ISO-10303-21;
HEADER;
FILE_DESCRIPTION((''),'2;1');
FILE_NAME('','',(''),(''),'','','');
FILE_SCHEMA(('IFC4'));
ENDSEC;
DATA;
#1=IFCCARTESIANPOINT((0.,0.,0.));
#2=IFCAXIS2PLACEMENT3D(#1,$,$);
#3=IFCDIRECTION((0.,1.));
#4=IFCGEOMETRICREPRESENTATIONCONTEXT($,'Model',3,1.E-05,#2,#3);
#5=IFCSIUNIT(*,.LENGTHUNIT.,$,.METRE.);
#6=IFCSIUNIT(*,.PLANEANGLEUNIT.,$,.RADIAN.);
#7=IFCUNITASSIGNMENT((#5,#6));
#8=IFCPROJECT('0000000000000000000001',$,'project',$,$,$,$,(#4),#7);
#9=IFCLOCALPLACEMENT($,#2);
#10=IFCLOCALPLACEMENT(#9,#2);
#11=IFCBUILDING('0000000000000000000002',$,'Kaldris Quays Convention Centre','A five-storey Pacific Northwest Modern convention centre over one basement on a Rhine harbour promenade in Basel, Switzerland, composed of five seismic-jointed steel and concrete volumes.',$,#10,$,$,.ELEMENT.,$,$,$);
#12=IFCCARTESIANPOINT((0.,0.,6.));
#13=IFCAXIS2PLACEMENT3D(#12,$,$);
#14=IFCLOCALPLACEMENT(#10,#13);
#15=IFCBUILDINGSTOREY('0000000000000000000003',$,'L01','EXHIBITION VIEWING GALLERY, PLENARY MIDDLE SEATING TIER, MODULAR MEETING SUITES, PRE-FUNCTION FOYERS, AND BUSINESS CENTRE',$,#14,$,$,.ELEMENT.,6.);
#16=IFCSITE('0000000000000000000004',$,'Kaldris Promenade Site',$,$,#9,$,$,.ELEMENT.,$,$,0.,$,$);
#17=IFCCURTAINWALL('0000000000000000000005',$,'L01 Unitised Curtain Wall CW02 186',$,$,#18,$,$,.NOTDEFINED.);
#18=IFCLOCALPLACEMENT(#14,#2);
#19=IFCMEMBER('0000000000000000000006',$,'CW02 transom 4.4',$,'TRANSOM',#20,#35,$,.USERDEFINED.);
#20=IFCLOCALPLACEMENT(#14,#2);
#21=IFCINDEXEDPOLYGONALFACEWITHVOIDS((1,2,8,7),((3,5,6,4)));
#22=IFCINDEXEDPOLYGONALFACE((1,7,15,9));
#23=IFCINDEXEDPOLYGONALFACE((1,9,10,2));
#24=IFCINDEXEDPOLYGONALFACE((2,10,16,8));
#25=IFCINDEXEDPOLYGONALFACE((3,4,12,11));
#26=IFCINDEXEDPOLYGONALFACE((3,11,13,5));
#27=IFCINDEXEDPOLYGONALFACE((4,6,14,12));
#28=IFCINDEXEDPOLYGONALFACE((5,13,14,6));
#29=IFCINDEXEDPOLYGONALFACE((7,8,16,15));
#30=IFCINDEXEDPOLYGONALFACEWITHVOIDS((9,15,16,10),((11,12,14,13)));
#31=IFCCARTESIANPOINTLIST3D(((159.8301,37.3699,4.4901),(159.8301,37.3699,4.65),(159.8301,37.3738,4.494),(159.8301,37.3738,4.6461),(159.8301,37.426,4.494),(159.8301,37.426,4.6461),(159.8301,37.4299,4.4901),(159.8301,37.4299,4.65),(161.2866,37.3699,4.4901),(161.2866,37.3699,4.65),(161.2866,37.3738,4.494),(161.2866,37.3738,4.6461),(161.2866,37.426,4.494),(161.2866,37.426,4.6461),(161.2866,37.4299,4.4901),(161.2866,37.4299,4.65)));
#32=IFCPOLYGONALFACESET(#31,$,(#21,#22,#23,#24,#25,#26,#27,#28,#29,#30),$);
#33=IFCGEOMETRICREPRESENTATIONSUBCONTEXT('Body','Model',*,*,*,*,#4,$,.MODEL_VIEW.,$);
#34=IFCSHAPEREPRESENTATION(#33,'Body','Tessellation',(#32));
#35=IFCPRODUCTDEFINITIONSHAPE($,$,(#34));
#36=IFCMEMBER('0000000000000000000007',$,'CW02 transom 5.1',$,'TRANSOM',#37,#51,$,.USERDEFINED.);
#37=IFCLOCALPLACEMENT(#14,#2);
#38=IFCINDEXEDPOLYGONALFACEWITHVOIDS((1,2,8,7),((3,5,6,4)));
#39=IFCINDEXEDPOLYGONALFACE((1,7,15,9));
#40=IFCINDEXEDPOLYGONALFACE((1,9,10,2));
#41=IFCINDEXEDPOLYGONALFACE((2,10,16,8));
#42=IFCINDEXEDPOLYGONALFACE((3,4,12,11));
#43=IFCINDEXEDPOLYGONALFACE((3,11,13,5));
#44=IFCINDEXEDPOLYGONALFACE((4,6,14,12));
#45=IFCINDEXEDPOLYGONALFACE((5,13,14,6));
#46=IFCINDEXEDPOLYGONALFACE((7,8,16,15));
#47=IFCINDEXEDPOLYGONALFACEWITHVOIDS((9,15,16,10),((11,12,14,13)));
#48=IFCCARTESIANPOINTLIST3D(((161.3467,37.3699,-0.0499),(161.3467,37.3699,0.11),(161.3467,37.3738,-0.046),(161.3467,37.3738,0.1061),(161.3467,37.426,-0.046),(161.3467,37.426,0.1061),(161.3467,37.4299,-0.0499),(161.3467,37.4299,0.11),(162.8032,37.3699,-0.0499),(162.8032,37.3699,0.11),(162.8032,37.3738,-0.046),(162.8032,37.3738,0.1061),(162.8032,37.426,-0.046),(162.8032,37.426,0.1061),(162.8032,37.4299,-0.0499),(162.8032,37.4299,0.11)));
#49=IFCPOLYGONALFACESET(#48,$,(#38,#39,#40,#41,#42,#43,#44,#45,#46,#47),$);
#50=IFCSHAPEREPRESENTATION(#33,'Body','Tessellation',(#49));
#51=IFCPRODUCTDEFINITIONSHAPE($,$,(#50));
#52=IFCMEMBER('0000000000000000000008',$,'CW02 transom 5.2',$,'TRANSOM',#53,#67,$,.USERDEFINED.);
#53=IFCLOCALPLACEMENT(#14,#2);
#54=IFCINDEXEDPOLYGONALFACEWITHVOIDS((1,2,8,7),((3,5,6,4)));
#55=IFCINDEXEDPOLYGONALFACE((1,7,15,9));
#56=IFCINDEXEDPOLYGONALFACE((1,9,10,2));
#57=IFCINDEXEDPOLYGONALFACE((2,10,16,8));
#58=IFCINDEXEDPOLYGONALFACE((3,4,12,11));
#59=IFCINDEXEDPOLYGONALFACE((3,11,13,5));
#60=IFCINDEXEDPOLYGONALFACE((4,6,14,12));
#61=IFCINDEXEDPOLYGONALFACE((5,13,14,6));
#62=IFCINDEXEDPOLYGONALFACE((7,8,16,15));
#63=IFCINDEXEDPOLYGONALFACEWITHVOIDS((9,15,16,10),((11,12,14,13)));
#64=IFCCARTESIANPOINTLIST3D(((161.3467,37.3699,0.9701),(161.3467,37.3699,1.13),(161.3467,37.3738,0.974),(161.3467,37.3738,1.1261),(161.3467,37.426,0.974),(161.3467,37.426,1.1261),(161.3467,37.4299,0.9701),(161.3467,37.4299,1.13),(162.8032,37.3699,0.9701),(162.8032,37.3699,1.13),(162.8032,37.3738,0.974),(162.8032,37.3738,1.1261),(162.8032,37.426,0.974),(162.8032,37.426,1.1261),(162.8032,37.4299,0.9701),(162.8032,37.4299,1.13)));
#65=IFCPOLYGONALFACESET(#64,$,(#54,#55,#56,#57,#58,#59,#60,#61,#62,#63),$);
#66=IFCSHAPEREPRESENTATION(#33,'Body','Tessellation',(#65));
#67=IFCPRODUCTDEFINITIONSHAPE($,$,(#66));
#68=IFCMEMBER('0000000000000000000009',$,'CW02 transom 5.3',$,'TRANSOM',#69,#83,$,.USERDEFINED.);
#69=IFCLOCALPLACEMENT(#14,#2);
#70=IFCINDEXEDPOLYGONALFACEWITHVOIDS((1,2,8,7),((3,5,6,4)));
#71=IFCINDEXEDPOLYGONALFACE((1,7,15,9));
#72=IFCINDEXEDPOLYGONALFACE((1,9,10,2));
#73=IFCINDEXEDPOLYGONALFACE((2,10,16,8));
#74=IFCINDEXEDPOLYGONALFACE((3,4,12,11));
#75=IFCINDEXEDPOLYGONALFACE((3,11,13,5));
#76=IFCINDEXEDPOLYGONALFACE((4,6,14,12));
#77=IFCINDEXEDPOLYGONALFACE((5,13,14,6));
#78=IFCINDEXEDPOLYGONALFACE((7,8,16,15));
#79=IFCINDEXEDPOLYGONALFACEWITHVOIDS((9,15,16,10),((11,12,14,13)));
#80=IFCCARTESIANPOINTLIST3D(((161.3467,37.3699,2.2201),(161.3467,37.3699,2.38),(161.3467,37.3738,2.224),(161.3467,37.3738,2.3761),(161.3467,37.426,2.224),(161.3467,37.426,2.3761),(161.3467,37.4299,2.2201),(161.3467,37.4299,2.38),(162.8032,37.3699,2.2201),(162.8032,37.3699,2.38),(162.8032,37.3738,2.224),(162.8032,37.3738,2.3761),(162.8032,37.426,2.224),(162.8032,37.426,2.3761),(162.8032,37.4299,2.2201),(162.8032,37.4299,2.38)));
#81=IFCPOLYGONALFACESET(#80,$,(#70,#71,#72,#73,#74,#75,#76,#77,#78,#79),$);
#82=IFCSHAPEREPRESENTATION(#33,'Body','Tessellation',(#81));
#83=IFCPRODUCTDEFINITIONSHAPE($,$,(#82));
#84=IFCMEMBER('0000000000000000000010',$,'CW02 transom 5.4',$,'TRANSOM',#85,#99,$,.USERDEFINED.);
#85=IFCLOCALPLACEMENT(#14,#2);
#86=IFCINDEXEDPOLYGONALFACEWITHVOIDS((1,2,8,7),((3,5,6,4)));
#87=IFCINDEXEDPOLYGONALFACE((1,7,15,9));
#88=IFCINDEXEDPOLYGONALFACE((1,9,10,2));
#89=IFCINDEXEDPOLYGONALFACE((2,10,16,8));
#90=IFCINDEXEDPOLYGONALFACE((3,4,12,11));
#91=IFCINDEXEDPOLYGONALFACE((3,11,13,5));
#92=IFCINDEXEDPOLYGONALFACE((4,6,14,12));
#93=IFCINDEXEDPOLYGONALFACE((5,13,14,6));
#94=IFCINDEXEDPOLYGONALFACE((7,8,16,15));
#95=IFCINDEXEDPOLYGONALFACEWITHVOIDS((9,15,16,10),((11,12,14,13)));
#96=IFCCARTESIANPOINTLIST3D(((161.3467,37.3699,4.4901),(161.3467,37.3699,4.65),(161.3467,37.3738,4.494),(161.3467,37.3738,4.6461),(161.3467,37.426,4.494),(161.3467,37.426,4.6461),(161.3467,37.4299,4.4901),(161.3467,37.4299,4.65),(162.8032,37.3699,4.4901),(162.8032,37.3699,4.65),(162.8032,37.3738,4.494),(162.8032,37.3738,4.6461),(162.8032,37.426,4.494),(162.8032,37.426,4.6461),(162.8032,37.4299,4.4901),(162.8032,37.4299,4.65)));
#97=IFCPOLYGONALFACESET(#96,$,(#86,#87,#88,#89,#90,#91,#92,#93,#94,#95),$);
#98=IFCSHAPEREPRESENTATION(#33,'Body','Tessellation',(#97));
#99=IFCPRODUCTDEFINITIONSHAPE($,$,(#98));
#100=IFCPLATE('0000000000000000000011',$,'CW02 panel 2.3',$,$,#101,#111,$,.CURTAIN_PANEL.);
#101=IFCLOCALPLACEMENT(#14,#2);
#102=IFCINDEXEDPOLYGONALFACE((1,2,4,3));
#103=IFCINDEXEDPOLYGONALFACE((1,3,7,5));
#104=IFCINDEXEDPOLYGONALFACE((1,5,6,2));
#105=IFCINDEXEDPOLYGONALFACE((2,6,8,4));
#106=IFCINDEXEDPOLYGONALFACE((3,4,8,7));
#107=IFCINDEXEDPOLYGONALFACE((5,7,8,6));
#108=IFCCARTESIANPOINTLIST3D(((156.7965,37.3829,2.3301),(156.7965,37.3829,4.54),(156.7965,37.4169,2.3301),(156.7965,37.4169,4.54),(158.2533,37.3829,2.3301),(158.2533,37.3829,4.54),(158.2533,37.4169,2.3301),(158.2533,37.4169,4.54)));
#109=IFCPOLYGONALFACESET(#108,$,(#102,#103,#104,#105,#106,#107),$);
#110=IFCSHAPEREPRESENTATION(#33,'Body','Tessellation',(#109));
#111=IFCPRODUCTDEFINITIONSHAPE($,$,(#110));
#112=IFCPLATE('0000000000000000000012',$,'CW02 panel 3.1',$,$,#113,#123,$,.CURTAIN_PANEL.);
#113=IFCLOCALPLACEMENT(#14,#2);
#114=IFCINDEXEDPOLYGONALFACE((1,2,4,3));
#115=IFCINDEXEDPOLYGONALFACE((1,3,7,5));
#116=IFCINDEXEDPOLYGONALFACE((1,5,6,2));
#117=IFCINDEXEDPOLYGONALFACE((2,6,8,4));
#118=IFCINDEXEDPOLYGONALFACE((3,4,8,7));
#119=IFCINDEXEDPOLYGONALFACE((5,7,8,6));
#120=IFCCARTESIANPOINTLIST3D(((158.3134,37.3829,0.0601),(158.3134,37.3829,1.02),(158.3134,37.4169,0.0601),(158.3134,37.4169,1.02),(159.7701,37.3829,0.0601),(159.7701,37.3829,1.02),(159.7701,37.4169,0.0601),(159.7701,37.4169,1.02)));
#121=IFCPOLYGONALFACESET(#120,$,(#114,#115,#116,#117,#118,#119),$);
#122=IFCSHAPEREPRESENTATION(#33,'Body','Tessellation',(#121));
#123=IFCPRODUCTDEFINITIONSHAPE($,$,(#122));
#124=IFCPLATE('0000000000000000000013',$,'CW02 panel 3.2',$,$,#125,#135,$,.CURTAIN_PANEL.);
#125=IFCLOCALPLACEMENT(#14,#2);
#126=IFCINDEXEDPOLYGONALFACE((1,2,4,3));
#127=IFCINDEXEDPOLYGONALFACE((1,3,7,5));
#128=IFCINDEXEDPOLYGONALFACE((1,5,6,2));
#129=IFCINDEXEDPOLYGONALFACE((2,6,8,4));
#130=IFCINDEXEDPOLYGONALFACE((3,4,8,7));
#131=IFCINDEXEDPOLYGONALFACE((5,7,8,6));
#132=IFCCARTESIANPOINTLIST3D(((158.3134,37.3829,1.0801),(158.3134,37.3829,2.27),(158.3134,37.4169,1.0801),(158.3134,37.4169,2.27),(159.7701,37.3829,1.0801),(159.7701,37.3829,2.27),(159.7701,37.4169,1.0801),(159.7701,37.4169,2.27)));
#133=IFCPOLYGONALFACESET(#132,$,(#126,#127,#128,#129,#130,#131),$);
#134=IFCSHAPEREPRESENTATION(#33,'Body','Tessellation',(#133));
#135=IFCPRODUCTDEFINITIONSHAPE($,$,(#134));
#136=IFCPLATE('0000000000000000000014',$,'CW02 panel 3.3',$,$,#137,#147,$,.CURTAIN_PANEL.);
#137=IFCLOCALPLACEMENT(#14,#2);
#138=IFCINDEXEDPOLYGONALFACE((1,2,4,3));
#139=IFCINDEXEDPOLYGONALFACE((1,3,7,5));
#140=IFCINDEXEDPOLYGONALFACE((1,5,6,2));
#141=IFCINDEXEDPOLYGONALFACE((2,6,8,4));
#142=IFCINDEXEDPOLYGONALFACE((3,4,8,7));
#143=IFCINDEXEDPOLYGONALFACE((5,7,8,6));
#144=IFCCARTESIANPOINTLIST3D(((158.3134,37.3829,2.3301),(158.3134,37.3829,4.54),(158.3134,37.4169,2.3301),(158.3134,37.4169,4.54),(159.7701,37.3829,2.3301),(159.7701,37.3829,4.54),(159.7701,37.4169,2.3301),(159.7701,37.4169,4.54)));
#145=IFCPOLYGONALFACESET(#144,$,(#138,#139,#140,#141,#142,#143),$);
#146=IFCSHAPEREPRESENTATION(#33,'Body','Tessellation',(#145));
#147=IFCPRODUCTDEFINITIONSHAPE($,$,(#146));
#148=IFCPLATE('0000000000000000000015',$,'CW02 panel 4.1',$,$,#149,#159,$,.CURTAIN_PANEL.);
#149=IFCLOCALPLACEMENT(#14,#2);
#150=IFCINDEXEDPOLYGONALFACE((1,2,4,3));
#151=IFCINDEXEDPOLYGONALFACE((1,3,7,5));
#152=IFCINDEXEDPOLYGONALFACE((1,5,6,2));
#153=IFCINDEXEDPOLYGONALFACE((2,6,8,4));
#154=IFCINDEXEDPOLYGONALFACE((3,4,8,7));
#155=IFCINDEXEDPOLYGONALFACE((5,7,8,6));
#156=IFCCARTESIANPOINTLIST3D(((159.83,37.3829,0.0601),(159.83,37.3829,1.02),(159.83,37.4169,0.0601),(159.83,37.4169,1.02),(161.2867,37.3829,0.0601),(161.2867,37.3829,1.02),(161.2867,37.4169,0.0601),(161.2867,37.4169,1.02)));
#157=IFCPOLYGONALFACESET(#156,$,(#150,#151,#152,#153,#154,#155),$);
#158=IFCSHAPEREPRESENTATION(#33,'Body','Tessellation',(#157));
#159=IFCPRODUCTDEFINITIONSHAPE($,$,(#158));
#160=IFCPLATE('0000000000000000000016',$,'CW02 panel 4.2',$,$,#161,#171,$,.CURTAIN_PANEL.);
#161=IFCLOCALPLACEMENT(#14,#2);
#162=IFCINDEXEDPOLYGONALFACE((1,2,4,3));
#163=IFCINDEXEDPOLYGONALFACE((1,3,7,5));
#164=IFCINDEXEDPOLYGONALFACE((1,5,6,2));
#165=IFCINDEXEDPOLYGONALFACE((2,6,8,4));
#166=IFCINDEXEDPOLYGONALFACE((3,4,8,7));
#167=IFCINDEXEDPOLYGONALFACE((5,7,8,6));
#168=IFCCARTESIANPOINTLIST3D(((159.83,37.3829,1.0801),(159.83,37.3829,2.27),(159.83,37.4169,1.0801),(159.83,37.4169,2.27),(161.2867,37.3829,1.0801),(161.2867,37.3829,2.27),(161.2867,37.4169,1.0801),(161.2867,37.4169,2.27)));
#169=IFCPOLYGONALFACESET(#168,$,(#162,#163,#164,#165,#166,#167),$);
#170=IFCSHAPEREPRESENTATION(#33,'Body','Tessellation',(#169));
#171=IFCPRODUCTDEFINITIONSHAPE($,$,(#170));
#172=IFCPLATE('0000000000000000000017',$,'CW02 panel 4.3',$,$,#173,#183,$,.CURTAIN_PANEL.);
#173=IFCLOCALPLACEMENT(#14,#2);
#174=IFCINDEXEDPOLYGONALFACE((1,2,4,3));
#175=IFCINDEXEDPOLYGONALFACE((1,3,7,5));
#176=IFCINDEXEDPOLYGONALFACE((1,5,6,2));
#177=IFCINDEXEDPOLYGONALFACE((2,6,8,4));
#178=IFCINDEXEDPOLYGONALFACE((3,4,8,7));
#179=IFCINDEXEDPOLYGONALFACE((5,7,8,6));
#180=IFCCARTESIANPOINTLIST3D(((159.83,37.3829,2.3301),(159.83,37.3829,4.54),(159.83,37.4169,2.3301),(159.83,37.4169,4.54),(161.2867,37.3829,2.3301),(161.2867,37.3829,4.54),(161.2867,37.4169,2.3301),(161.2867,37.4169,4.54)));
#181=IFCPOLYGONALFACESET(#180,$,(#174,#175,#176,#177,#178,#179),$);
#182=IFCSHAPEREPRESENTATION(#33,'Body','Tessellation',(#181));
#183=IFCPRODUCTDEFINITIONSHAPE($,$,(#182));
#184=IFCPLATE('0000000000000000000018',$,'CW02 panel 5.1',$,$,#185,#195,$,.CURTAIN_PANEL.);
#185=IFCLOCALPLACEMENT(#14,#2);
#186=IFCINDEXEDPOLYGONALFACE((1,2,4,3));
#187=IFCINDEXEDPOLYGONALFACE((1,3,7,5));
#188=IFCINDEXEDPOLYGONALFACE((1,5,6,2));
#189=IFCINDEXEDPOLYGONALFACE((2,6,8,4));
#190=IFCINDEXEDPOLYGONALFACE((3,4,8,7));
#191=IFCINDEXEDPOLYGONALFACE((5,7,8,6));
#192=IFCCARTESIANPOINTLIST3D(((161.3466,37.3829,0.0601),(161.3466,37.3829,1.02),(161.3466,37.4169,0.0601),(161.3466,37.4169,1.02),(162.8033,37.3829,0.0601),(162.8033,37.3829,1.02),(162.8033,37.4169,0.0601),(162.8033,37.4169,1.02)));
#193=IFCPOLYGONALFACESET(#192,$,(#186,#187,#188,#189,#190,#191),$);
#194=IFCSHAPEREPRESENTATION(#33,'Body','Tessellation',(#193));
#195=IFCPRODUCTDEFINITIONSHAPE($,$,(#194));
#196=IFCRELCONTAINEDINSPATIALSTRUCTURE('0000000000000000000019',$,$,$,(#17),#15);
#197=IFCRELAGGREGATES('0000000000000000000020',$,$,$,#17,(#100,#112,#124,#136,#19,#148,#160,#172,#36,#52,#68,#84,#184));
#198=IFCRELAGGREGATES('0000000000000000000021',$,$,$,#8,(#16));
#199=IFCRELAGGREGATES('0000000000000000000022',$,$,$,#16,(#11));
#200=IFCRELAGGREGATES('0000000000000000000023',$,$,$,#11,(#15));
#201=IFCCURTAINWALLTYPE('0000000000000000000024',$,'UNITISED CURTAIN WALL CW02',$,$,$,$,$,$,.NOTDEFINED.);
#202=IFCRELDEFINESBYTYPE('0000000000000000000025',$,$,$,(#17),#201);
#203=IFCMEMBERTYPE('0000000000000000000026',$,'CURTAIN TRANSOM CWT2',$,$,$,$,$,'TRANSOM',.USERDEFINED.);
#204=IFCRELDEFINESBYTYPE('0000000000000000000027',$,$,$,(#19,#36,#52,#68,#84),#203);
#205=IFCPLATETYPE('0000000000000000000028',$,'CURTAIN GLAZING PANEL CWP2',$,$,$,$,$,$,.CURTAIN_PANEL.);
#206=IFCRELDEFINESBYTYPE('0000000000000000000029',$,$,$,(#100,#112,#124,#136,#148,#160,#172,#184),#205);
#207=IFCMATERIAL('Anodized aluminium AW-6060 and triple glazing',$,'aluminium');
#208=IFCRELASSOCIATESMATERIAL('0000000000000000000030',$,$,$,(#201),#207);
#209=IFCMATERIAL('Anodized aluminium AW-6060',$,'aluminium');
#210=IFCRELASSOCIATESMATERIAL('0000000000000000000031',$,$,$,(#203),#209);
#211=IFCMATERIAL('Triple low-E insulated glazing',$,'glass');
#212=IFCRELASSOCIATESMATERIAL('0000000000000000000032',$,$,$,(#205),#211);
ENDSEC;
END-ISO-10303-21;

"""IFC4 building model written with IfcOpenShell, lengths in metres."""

from ifc_helpers import new_model, si_unit, direction, frame, origin, origin_2d, place, context, subcontext, project, spatial, rectangle, hollow_rectangle, extrude, material, material_profile, profile_set, type_object, element, aggregate, save


model = new_model("IFC4")

# Units and contexts
model_context = context("Model", 3, precision=1e-05, world=origin(), true_north=direction((0.0, 1.0)))
body_context = subcontext(model_context, "Body", "Model", "MODEL_VIEW")
ifc_project = project(units=[si_unit("LENGTHUNIT", "METRE"), si_unit("PLANEANGLEUNIT", "RADIAN")], contexts=[model_context])

# Site, building, storey
site_placement = place(None, origin())
site = spatial("IfcSite", under=ifc_project, at=site_placement, Name="Kaldris Promenade Site", CompositionType="ELEMENT", RefElevation=0.0)
building_placement = place(site_placement, origin())
building = spatial("IfcBuilding", under=site, at=building_placement, Name="Kaldris Quays Convention Centre", Description="A five-storey Pacific Northwest Modern convention centre over one basement on a Rhine harbour promenade in Basel, Switzerland, composed of five seismic-jointed steel and concrete volumes.", CompositionType="ELEMENT")
storey_placement = place(building_placement, frame((0.0, 0.0, 6.0)))
storey = spatial("IfcBuildingStorey", under=building, at=storey_placement, Name="L01", Description="EXHIBITION VIEWING GALLERY, PLENARY MIDDLE SEATING TIER, MODULAR MEETING SUITES, PRE-FUNCTION FOYERS, AND BUSINESS CENTRE", CompositionType="ELEMENT", Elevation=6.0)

# Curtain wall, members, plates
ifc_material_1 = material(Name="Anodized aluminium AW-6060 and triple glazing", Category="aluminium")
curtain_wall_type = type_object("IfcCurtainWallType", Name="UNITISED CURTAIN WALL CW02", PredefinedType="NOTDEFINED", material=ifc_material_1)
curtain_wall_placement = place(storey_placement, origin())
curtain_wall = element("IfcCurtainWall", 1, at=curtain_wall_placement, inside=storey, type_object=curtain_wall_type, Name="L01 Unitised Curtain Wall CW02 186", PredefinedType="NOTDEFINED")
ifc_material_2 = material(Name="Anodized aluminium AW-6060", Category="aluminium")
ifc_material_profile_1 = material_profile(ifc_material_2, hollow_rectangle(XDim=0.0601, YDim=0.1599, WallThickness=0.0039, at=origin_2d()), Name="RHS 160x60x4")
ifc_profile_set_1 = profile_set([ifc_material_profile_1], Name="Anodized aluminium AW-6060")
member_type_1 = type_object("IfcMemberType", Name="CURTAIN TRANSOM CWT2", ElementType="TRANSOM", PredefinedType="USERDEFINED", material=ifc_profile_set_1)
member_1_placement = place(storey_placement, frame((159.8301, 37.3999, 4.5701), z_axis=(1.0, 0.0, 0.0), x_axis=(0.0, 1.0, 0.0)))
member_1 = element("IfcMember", 2, at=member_1_placement, type_object=member_type_1, Name="CW02 transom 4.4", ObjectType="TRANSOM", PredefinedType="USERDEFINED", context=body_context, shape_type="SweptSolid", body=[
    extrude(hollow_rectangle(XDim=0.0601, YDim=0.1599, WallThickness=0.0039, at=origin_2d()), origin(), (0.0, 0.0, 1.0), 1.4565),
])
member_2_placement = place(storey_placement, frame((161.3467, 37.3999, 0.03), z_axis=(1.0, 0.0, 0.0), x_axis=(0.0, 1.0, 0.0)))
member_2 = element("IfcMember", 3, at=member_2_placement, type_object=member_type_1, Name="CW02 transom 5.1", ObjectType="TRANSOM", PredefinedType="USERDEFINED", context=body_context, shape_type="SweptSolid", body=[
    extrude(hollow_rectangle(XDim=0.0601, YDim=0.1599, WallThickness=0.0039, at=origin_2d()), origin(), (0.0, 0.0, 1.0), 1.4565),
])
member_3_placement = place(storey_placement, frame((161.3467, 37.3999, 1.05), z_axis=(1.0, 0.0, 0.0), x_axis=(0.0, 1.0, 0.0)))
member_3 = element("IfcMember", 4, at=member_3_placement, type_object=member_type_1, Name="CW02 transom 5.2", ObjectType="TRANSOM", PredefinedType="USERDEFINED", context=body_context, shape_type="SweptSolid", body=[
    extrude(hollow_rectangle(XDim=0.0601, YDim=0.1599, WallThickness=0.0039, at=origin_2d()), origin(), (0.0, 0.0, 1.0), 1.4565),
])
member_4_placement = place(storey_placement, frame((161.3467, 37.3999, 2.3), z_axis=(1.0, 0.0, 0.0), x_axis=(0.0, 1.0, 0.0)))
member_4 = element("IfcMember", 5, at=member_4_placement, type_object=member_type_1, Name="CW02 transom 5.3", ObjectType="TRANSOM", PredefinedType="USERDEFINED", context=body_context, shape_type="SweptSolid", body=[
    extrude(hollow_rectangle(XDim=0.0601, YDim=0.1599, WallThickness=0.0039, at=origin_2d()), origin(), (0.0, 0.0, 1.0), 1.4565),
])
member_5_placement = place(storey_placement, frame((161.3467, 37.3999, 4.5701), z_axis=(1.0, 0.0, 0.0), x_axis=(0.0, 1.0, 0.0)))
member_5 = element("IfcMember", 6, at=member_5_placement, type_object=member_type_1, Name="CW02 transom 5.4", ObjectType="TRANSOM", PredefinedType="USERDEFINED", context=body_context, shape_type="SweptSolid", body=[
    extrude(hollow_rectangle(XDim=0.0601, YDim=0.1599, WallThickness=0.0039, at=origin_2d()), origin(), (0.0, 0.0, 1.0), 1.4565),
])
ifc_material_3 = material(Name="Triple low-E insulated glazing", Category="glass")
plate_type = type_object("IfcPlateType", Name="CURTAIN GLAZING PANEL CWP2", PredefinedType="CURTAIN_PANEL", material=ifc_material_3)
plate_1_placement = place(storey_placement, frame((157.5249, 37.3999, 2.3301), z_axis=(0.0, 0.0, 1.0), x_axis=(1.0, 0.0, 0.0)))
plate_1 = element("IfcPlate", 7, at=plate_1_placement, type_object=plate_type, Name="CW02 panel 2.3", PredefinedType="CURTAIN_PANEL", context=body_context, shape_type="SweptSolid", body=[
    extrude(rectangle(XDim=1.4568, YDim=0.0339, at=origin_2d()), origin(), (0.0, 0.0, 1.0), 2.21),
])
plate_2_placement = place(storey_placement, frame((159.0417, 37.3999, 0.0601), z_axis=(0.0, 0.0, 1.0), x_axis=(1.0, 0.0, 0.0)))
plate_2 = element("IfcPlate", 8, at=plate_2_placement, type_object=plate_type, Name="CW02 panel 3.1", PredefinedType="CURTAIN_PANEL", context=body_context, shape_type="SweptSolid", body=[
    extrude(rectangle(XDim=1.4568, YDim=0.0339, at=origin_2d()), origin(), (0.0, 0.0, 1.0), 0.96),
])
plate_3_placement = place(storey_placement, frame((159.0417, 37.3999, 1.0801), z_axis=(0.0, 0.0, 1.0), x_axis=(1.0, 0.0, 0.0)))
plate_3 = element("IfcPlate", 9, at=plate_3_placement, type_object=plate_type, Name="CW02 panel 3.2", PredefinedType="CURTAIN_PANEL", context=body_context, shape_type="SweptSolid", body=[
    extrude(rectangle(XDim=1.4568, YDim=0.0339, at=origin_2d()), origin(), (0.0, 0.0, 1.0), 1.1899),
])
plate_4_placement = place(storey_placement, frame((159.0417, 37.3999, 2.3301), z_axis=(0.0, 0.0, 1.0), x_axis=(1.0, 0.0, 0.0)))
plate_4 = element("IfcPlate", 10, at=plate_4_placement, type_object=plate_type, Name="CW02 panel 3.3", PredefinedType="CURTAIN_PANEL", context=body_context, shape_type="SweptSolid", body=[
    extrude(rectangle(XDim=1.4568, YDim=0.0339, at=origin_2d()), origin(), (0.0, 0.0, 1.0), 2.21),
])
plate_5_placement = place(storey_placement, frame((160.5583, 37.3999, 0.0601), z_axis=(0.0, 0.0, 1.0), x_axis=(1.0, 0.0, 0.0)))
plate_5 = element("IfcPlate", 11, at=plate_5_placement, type_object=plate_type, Name="CW02 panel 4.1", PredefinedType="CURTAIN_PANEL", context=body_context, shape_type="SweptSolid", body=[
    extrude(rectangle(XDim=1.4568, YDim=0.0339, at=origin_2d()), origin(), (0.0, 0.0, 1.0), 0.96),
])
plate_6_placement = place(storey_placement, frame((160.5583, 37.3999, 1.0801), z_axis=(0.0, 0.0, 1.0), x_axis=(1.0, 0.0, 0.0)))
plate_6 = element("IfcPlate", 12, at=plate_6_placement, type_object=plate_type, Name="CW02 panel 4.2", PredefinedType="CURTAIN_PANEL", context=body_context, shape_type="SweptSolid", body=[
    extrude(rectangle(XDim=1.4568, YDim=0.0339, at=origin_2d()), origin(), (0.0, 0.0, 1.0), 1.1899),
])
plate_7_placement = place(storey_placement, frame((160.5583, 37.3999, 2.3301), z_axis=(0.0, 0.0, 1.0), x_axis=(1.0, 0.0, 0.0)))
plate_7 = element("IfcPlate", 13, at=plate_7_placement, type_object=plate_type, Name="CW02 panel 4.3", PredefinedType="CURTAIN_PANEL", context=body_context, shape_type="SweptSolid", body=[
    extrude(rectangle(XDim=1.4568, YDim=0.0339, at=origin_2d()), origin(), (0.0, 0.0, 1.0), 2.21),
])
plate_8_placement = place(storey_placement, frame((162.075, 37.3999, 0.0601), z_axis=(0.0, 0.0, 1.0), x_axis=(1.0, 0.0, 0.0)))
plate_8 = element("IfcPlate", 14, at=plate_8_placement, type_object=plate_type, Name="CW02 panel 5.1", PredefinedType="CURTAIN_PANEL", context=body_context, shape_type="SweptSolid", body=[
    extrude(rectangle(XDim=1.4568, YDim=0.0339, at=origin_2d()), origin(), (0.0, 0.0, 1.0), 0.96),
])
aggregate(curtain_wall, [plate_1, plate_2, plate_3, plate_4, member_1, plate_5, plate_6, plate_7, member_2, member_3, member_4, member_5, plate_8])

save(model, "model.ifc")
